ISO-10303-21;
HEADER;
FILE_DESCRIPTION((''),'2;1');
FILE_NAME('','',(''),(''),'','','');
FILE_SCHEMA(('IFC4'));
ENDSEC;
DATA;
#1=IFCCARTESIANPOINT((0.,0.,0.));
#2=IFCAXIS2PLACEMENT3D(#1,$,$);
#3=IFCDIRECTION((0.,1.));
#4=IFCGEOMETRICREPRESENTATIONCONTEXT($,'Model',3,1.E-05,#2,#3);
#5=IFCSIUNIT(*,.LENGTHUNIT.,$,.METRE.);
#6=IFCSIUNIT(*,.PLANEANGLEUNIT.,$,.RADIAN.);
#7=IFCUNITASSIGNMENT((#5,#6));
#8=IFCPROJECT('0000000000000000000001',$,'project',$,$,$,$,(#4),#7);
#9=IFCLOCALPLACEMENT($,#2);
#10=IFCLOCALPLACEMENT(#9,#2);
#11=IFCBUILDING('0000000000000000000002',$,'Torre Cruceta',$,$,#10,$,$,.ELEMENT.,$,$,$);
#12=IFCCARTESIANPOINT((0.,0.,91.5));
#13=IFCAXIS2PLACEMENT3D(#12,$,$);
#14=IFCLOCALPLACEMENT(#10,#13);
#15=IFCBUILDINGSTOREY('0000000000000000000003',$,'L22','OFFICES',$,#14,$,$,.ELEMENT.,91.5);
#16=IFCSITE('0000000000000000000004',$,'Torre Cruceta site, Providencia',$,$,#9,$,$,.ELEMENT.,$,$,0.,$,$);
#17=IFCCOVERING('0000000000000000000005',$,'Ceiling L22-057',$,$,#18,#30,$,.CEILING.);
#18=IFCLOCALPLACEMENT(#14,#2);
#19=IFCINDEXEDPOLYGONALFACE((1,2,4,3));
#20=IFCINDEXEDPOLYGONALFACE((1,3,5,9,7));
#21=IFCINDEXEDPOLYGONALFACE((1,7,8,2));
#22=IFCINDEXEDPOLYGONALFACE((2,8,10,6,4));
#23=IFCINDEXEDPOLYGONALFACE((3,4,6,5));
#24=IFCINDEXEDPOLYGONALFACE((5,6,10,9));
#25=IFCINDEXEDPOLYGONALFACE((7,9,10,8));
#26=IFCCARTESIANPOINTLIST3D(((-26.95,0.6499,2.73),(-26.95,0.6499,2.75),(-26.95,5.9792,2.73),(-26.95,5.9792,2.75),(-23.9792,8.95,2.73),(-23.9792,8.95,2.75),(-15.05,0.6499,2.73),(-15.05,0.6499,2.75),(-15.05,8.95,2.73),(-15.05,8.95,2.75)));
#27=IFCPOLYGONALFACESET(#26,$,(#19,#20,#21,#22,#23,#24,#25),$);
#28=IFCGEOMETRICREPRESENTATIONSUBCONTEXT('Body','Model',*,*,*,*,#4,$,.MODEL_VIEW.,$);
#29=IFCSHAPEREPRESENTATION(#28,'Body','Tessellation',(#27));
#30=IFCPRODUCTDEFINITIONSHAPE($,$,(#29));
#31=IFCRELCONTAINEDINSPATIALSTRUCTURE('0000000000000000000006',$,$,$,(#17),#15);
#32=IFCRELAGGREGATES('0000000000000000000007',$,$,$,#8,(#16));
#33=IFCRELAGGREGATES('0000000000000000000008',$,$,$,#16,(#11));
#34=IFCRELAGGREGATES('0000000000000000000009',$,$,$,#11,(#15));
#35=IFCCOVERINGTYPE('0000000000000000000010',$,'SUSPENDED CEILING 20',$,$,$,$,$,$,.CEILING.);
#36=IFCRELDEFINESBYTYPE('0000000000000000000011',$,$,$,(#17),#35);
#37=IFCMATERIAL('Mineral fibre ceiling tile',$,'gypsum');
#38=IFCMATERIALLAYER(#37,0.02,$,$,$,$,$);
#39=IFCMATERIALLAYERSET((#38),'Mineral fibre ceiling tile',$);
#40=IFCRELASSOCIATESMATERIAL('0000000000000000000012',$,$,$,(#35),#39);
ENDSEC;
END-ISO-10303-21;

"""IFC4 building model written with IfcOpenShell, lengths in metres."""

from ifc_helpers import new_model, si_unit, direction, frame, origin, place, context, subcontext, project, spatial, polyline, outline, extrude, material, layer, layer_set, type_object, element, save


model = new_model("IFC4")

# Units and contexts
model_context = context("Model", 3, precision=1e-05, world=origin(), true_north=direction((0.0, 1.0)))
body_context = subcontext(model_context, "Body", "Model", "MODEL_VIEW")
ifc_project = project(units=[si_unit("LENGTHUNIT", "METRE"), si_unit("PLANEANGLEUNIT", "RADIAN")], contexts=[model_context])

# Site, building, storey
site_placement = place(None, origin())
site = spatial("IfcSite", under=ifc_project, at=site_placement, Name="Torre Cruceta site, Providencia", CompositionType="ELEMENT", RefElevation=0.0)
building_placement = place(site_placement, origin())
building = spatial("IfcBuilding", under=site, at=building_placement, Name="Torre Cruceta", CompositionType="ELEMENT")
storey_placement = place(building_placement, frame((0.0, 0.0, 91.5)))
storey = spatial("IfcBuildingStorey", under=building, at=storey_placement, Name="L22", Description="OFFICES", CompositionType="ELEMENT", Elevation=91.5)

# Covering
ifc_material_1 = material(Name="Mineral fibre ceiling tile", Category="gypsum")
ifc_layer_1 = layer(ifc_material_1, 0.02)
ifc_layer_set_1 = layer_set([ifc_layer_1], Name="Mineral fibre ceiling tile")
covering_type_1 = type_object("IfcCoveringType", Name="SUSPENDED CEILING 20", PredefinedType="CEILING", material=ifc_layer_set_1)
covering_1_placement = place(storey_placement, frame((0.0, 0.0, 2.73)))
element("IfcCovering", 1, at=covering_1_placement, inside=storey, type_object=covering_type_1, Name="Ceiling L22-057", PredefinedType="CEILING", context=body_context, shape_type="SweptSolid", body=[
    extrude(outline(polyline([(-23.9792, 8.95), (-15.05, 8.95), (-15.05, 0.6499), (-26.95, 0.6499), (-26.95, 5.9792), (-23.9792, 8.95)])), origin(), (0.0, 0.0, 1.0), 0.02),
])

save(model, "model.ifc")
